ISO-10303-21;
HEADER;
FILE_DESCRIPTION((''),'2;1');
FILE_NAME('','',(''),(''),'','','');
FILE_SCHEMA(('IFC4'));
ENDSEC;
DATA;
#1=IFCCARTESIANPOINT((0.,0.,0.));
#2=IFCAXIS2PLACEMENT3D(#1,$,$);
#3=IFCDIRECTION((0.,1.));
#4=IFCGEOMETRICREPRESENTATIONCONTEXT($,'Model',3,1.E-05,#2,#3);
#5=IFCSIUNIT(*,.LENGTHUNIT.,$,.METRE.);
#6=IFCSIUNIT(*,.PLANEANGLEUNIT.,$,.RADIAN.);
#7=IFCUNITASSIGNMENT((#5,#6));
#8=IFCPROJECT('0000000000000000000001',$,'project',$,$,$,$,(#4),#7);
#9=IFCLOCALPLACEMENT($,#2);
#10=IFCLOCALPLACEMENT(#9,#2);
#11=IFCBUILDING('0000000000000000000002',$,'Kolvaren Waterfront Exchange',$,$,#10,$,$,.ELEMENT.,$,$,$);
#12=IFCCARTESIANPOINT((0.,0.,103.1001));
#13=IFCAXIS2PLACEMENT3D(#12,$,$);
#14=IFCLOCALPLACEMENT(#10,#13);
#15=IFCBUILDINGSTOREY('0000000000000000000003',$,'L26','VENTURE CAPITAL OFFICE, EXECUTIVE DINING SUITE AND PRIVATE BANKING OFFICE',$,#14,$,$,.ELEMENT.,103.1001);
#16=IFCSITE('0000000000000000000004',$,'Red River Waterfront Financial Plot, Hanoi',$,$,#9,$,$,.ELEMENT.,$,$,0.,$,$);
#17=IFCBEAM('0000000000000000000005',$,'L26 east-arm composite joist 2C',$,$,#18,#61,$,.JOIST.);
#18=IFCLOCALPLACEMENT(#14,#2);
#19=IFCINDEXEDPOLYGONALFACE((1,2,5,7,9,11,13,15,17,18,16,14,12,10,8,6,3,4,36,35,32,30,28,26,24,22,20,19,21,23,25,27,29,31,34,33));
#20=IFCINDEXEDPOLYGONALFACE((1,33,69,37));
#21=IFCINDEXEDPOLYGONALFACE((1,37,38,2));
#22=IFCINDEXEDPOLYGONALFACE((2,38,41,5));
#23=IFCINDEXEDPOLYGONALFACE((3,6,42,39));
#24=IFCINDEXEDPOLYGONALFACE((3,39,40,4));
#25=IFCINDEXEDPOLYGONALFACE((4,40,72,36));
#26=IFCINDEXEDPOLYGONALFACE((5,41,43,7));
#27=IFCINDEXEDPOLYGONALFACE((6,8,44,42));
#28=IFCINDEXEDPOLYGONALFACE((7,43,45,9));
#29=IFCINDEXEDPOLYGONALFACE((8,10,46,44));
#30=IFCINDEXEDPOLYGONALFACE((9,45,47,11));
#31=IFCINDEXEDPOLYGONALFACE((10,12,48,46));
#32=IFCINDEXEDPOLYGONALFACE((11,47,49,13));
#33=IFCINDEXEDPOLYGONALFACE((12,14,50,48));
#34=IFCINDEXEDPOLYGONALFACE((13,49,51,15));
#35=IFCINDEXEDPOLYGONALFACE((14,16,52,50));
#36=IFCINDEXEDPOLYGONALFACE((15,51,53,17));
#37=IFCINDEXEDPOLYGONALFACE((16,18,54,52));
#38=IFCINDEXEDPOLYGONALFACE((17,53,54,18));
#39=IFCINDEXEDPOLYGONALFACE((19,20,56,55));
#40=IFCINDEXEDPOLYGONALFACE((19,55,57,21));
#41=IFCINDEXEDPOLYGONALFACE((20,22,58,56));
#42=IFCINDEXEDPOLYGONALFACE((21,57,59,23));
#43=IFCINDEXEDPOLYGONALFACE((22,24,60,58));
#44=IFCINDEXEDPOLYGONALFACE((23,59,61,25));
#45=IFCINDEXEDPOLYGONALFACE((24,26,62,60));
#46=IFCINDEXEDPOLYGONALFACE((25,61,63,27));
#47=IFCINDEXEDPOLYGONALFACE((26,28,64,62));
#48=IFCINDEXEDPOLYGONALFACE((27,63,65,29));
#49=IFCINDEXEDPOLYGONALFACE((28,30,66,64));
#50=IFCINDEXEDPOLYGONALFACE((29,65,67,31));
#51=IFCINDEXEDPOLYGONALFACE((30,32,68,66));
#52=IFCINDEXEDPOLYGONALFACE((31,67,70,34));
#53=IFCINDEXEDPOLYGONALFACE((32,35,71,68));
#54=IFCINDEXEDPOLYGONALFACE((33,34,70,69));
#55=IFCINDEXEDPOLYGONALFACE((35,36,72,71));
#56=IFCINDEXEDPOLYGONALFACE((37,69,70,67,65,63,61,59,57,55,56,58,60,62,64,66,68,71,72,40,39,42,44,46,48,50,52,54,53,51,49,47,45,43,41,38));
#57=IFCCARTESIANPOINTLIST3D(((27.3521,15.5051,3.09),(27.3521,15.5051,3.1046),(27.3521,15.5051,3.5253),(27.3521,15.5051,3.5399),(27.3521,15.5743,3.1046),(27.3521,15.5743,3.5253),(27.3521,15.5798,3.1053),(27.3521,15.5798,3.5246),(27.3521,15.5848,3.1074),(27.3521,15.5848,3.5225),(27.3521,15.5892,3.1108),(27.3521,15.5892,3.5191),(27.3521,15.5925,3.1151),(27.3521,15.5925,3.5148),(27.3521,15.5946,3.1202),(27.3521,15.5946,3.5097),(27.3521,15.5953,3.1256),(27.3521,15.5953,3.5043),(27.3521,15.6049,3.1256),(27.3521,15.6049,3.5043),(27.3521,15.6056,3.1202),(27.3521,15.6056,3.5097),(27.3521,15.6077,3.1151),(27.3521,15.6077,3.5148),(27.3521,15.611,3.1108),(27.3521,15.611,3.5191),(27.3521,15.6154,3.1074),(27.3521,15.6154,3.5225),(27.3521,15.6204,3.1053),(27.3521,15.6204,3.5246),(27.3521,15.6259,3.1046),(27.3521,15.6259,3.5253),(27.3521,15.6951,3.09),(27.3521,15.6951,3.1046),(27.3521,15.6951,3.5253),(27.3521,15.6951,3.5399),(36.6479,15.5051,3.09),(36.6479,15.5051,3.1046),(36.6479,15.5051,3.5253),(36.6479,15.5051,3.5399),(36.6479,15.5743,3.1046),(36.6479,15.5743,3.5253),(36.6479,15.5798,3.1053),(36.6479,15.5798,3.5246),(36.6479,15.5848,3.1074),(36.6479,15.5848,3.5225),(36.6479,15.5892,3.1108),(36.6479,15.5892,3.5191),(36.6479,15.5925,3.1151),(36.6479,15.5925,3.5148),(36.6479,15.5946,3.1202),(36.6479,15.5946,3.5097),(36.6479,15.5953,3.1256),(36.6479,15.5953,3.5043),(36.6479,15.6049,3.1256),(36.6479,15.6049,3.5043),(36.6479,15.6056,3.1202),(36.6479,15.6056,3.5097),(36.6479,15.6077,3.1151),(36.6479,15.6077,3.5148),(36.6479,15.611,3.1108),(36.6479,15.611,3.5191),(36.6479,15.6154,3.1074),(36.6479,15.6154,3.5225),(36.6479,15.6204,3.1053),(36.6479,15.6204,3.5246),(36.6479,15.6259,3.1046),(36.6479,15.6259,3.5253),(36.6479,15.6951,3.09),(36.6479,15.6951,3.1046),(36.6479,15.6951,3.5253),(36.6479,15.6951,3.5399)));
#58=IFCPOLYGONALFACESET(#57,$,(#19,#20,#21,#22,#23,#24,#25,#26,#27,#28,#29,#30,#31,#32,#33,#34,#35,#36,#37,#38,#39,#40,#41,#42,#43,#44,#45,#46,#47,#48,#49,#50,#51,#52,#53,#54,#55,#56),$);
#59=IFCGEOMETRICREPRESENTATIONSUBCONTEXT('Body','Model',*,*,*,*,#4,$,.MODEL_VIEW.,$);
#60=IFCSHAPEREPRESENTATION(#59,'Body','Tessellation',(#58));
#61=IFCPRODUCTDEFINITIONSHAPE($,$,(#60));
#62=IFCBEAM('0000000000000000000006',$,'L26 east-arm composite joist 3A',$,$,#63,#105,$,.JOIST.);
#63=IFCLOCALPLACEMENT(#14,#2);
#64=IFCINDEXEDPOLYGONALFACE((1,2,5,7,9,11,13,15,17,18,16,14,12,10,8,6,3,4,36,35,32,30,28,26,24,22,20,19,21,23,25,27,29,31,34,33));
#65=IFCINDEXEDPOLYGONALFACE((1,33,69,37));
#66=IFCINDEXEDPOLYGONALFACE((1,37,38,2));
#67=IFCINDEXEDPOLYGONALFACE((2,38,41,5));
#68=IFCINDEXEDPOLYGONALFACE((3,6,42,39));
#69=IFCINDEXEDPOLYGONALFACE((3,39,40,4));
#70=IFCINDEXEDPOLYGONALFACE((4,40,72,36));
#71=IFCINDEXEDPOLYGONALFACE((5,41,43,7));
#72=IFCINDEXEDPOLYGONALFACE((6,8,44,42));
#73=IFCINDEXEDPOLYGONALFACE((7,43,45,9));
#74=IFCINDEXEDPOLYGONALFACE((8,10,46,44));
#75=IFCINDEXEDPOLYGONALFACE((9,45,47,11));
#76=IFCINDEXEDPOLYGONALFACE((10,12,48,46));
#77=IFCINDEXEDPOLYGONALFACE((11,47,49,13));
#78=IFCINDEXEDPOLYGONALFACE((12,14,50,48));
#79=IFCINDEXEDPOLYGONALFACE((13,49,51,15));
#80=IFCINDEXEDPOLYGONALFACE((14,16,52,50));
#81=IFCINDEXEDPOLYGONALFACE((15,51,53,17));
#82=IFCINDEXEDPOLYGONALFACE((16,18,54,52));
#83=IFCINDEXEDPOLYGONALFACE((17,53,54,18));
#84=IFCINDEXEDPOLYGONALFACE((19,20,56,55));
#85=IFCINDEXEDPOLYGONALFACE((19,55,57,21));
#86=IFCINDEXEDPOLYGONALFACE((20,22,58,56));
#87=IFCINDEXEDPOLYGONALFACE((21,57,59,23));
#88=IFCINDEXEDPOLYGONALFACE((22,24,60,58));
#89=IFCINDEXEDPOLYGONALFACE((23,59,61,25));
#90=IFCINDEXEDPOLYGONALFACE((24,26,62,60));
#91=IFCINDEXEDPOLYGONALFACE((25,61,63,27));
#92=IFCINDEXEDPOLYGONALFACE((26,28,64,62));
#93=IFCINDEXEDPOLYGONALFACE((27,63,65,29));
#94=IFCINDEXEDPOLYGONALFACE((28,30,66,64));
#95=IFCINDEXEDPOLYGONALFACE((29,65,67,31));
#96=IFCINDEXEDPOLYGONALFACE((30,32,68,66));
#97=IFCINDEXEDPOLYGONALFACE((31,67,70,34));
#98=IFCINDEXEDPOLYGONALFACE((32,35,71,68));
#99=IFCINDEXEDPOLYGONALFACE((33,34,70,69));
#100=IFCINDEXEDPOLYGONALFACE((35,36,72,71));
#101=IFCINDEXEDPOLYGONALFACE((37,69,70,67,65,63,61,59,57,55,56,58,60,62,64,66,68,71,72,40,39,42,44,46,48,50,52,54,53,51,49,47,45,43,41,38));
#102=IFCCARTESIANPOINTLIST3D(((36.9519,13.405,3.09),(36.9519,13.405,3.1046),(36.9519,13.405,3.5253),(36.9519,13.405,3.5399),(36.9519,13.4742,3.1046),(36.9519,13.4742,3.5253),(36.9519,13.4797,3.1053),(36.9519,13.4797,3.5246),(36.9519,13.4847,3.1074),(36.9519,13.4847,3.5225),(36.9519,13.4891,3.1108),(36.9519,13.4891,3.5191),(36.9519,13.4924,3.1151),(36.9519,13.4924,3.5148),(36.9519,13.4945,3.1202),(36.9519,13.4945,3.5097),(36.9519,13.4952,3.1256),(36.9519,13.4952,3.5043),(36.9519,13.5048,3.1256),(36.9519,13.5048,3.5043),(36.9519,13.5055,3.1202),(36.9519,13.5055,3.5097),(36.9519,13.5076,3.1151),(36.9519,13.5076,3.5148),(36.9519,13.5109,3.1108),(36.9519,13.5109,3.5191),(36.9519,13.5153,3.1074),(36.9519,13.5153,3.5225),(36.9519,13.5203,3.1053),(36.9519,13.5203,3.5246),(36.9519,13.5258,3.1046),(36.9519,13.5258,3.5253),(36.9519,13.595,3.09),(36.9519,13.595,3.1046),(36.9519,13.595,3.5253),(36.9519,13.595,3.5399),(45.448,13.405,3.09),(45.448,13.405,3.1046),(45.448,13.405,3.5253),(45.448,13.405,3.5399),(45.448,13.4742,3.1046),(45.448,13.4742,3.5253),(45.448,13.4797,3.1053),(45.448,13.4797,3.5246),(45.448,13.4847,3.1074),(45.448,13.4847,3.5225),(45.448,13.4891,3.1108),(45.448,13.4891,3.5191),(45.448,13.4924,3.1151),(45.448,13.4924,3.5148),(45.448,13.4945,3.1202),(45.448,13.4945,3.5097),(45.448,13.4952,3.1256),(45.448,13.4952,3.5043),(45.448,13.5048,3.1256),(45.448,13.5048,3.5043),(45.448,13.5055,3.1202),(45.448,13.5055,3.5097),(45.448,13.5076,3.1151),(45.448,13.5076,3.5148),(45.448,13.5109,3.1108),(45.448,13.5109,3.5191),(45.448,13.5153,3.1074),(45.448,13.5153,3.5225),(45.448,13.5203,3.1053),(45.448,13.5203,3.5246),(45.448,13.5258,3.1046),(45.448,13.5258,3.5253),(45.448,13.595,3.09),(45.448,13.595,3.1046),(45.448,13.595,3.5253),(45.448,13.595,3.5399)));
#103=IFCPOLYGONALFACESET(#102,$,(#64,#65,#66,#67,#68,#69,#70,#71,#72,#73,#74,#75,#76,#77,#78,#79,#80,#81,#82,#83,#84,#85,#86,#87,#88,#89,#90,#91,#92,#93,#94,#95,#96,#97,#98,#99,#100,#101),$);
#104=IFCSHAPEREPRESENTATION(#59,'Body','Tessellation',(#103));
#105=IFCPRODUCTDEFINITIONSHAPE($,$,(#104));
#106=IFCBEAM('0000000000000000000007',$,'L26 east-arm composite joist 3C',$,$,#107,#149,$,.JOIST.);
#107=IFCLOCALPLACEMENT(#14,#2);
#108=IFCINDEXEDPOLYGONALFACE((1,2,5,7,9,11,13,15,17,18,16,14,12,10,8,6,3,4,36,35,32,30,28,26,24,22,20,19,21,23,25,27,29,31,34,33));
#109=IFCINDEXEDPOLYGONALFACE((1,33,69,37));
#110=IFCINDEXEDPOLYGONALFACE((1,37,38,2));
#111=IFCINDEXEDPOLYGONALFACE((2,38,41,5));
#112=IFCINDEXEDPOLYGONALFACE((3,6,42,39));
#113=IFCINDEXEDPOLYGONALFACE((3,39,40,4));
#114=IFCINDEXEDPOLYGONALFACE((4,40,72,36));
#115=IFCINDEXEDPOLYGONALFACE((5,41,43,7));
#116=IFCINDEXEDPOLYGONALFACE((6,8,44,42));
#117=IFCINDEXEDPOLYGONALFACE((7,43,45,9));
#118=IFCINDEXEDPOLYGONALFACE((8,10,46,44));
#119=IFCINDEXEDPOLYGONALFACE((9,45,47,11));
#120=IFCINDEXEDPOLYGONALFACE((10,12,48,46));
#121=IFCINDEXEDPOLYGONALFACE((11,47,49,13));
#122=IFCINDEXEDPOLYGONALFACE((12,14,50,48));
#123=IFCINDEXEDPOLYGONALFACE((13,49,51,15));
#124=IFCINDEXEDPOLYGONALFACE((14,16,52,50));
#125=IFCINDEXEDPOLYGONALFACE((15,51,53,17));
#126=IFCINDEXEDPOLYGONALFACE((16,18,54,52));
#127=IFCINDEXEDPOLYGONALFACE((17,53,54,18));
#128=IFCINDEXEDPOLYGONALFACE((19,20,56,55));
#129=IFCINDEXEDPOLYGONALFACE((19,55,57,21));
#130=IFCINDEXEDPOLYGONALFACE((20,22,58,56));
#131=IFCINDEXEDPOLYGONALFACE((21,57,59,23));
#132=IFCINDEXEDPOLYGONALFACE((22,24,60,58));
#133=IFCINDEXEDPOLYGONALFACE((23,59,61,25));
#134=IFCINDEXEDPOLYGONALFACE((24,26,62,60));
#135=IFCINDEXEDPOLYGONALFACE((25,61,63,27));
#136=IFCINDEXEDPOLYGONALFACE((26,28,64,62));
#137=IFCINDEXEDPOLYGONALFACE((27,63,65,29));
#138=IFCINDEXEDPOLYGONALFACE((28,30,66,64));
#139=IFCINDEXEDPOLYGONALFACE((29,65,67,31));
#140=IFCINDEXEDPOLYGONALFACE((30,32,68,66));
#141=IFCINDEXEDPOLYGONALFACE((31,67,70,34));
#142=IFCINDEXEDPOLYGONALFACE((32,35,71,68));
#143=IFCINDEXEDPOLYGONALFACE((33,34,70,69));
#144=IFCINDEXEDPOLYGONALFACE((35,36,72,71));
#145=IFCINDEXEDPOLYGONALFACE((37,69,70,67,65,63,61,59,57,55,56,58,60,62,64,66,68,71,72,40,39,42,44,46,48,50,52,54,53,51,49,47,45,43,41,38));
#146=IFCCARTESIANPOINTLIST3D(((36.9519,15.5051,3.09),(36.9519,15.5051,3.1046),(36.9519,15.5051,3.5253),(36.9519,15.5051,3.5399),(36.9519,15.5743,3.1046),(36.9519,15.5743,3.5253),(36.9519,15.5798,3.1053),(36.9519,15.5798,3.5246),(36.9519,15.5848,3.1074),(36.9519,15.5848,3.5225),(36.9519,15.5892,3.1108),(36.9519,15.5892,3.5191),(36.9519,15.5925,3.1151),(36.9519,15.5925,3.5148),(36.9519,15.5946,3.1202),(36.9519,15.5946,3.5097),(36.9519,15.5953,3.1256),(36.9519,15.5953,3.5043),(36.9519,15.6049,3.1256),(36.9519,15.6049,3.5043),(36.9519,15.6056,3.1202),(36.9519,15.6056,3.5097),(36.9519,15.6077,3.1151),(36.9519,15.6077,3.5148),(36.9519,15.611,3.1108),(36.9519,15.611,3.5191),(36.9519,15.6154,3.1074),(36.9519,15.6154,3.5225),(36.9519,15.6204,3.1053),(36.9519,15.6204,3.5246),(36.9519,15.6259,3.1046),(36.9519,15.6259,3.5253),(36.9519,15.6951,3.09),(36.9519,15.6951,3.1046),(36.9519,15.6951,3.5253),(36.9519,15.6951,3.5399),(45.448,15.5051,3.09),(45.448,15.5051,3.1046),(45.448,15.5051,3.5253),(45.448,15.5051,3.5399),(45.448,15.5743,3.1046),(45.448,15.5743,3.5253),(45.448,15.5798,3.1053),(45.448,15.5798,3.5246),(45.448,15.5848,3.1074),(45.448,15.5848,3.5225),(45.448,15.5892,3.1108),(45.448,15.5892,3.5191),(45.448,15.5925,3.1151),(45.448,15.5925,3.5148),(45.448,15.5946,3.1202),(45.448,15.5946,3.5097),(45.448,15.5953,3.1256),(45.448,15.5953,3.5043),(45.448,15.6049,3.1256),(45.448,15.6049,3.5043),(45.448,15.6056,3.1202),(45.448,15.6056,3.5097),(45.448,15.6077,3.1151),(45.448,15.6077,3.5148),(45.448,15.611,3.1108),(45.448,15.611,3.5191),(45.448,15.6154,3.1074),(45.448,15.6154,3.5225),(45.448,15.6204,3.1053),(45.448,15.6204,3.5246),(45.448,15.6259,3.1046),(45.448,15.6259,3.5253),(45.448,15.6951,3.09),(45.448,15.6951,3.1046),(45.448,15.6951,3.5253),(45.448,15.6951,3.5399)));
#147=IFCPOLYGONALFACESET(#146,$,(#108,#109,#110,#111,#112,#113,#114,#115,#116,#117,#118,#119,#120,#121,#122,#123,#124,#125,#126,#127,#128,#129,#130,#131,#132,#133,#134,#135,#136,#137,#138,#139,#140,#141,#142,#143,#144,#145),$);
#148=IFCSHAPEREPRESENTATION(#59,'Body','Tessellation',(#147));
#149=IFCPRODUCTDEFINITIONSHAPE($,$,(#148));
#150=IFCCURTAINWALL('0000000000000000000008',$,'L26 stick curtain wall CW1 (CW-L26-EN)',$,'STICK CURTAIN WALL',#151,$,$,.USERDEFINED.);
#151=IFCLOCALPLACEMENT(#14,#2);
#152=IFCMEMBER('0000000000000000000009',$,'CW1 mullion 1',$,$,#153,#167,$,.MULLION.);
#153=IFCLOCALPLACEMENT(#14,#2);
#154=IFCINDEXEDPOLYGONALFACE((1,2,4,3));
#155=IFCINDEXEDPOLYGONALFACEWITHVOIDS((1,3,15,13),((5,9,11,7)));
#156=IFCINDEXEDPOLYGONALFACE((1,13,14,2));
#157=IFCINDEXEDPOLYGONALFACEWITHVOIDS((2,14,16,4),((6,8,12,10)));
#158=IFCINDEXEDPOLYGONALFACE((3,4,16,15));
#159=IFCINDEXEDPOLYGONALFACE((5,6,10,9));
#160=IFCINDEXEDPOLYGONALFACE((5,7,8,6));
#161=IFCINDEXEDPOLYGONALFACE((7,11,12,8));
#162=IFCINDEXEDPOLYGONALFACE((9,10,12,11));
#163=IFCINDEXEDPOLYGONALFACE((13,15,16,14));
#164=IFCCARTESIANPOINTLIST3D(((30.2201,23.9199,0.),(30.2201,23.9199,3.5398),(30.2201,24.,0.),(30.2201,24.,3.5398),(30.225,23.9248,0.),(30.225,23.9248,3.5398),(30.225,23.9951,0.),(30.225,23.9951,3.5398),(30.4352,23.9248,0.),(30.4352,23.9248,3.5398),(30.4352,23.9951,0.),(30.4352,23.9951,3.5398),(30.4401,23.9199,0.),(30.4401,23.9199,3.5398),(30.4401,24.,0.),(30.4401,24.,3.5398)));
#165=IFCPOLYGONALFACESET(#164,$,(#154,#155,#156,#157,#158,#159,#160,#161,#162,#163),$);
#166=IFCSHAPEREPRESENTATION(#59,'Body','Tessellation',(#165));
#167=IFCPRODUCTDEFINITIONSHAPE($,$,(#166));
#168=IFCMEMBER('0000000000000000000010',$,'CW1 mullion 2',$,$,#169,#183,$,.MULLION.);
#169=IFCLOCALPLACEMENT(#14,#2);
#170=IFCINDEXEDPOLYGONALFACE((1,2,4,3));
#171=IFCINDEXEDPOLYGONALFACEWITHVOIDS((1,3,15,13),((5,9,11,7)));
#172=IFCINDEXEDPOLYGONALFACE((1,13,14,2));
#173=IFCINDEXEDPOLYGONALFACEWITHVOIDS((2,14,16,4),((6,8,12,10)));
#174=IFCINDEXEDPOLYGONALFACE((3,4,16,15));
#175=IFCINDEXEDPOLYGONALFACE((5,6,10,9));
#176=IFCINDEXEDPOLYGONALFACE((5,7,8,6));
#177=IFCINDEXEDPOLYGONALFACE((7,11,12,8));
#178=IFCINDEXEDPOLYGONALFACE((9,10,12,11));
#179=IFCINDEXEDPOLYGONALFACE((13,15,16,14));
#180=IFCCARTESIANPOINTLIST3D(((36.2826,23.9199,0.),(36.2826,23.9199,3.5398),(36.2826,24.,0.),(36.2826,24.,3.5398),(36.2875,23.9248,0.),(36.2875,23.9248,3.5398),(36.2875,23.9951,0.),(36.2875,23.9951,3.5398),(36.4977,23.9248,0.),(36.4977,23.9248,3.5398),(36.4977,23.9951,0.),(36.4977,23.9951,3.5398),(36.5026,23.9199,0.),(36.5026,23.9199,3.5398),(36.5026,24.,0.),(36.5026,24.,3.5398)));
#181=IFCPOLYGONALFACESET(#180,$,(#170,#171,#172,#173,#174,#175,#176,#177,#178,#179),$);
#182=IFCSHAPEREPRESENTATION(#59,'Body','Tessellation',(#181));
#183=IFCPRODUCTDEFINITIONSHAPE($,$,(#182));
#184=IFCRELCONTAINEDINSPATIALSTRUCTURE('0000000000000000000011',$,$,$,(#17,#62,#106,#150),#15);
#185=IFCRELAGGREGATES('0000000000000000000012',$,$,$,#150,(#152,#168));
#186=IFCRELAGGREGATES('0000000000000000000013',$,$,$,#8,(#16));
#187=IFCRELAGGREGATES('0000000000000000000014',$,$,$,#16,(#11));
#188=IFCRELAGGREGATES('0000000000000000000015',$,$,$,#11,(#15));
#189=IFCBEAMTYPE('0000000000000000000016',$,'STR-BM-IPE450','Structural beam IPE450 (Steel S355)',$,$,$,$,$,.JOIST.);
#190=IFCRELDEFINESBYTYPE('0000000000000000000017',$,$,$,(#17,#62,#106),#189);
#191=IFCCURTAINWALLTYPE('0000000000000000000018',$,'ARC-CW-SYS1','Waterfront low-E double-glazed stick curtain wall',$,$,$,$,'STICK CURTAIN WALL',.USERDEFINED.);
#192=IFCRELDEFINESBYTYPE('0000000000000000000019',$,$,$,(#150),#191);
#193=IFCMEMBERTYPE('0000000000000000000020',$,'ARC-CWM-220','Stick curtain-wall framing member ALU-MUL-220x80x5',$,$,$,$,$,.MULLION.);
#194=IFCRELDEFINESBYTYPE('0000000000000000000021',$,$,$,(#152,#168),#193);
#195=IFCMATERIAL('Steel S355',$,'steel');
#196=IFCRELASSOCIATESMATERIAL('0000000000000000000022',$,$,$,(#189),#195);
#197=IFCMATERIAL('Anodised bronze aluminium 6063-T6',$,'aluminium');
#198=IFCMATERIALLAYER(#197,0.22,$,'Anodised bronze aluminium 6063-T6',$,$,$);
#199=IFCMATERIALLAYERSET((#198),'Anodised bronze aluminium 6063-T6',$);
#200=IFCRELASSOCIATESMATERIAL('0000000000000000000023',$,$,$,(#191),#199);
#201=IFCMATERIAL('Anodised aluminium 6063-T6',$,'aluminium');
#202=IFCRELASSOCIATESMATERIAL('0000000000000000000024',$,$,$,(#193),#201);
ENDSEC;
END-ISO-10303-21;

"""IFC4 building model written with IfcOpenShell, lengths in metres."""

from ifc_helpers import new_model, si_unit, direction, frame, origin, origin_with_axes, origin_2d, place, context, subcontext, project, spatial, hollow_rectangle, i_section, extrude, source, transform, mapped, material, layer, layer_set, material_profile, profile_set, type_object, element, aggregate, save


model = new_model("IFC4")

# Units and contexts
model_context = context("Model", 3, precision=1e-05, world=origin(), true_north=direction((0.0, 1.0)))
body_context = subcontext(model_context, "Body", "Model", "MODEL_VIEW")
ifc_project = project(units=[si_unit("LENGTHUNIT", "METRE"), si_unit("PLANEANGLEUNIT", "RADIAN")], contexts=[model_context])

# Site, building, storey
site_placement = place(None, origin())
site = spatial("IfcSite", under=ifc_project, at=site_placement, Name="Red River Waterfront Financial Plot, Hanoi", CompositionType="ELEMENT", RefElevation=0.0)
building_placement = place(site_placement, origin())
building = spatial("IfcBuilding", under=site, at=building_placement, Name="Kolvaren Waterfront Exchange", CompositionType="ELEMENT")
storey_placement = place(building_placement, frame((0.0, 0.0, 103.1001)))
storey = spatial("IfcBuildingStorey", under=building, at=storey_placement, Name="L26", Description="VENTURE CAPITAL OFFICE, EXECUTIVE DINING SUITE AND PRIVATE BANKING OFFICE", CompositionType="ELEMENT", Elevation=103.1001)

# Beams
ifc_material_1 = material(Name="Steel S355", Category="steel")
ifc_material_profile_1 = material_profile(ifc_material_1, i_section(OverallWidth=0.1899, OverallDepth=0.45, WebThickness=0.0095, FlangeThickness=0.0146, FilletRadius=0.021, at=origin_2d()), Name="IPE450")
ifc_profile_set_1 = profile_set([ifc_material_profile_1], Name="Steel S355")
beam_type_1 = type_object("IfcBeamType", Name="STR-BM-IPE450", Description="Structural beam IPE450 (Steel S355)", PredefinedType="JOIST", material=ifc_profile_set_1)
for number, where, z_axis, x_axis, name in (
    (1, (27.3521, 15.6001, 3.3149), (1.0, 0.0, 0.0), (0.0, 1.0, 0.0), "L26 east-arm composite joist 2C"),
):
    element("IfcBeam", number, at=place(storey_placement, frame(where, z_axis=z_axis, x_axis=x_axis)), inside=storey, type_object=beam_type_1, Name=name, PredefinedType="JOIST", context=body_context, shape_type="SweptSolid", body=[
        extrude(i_section(OverallWidth=0.1899, OverallDepth=0.45, WebThickness=0.0095, FlangeThickness=0.0146, FilletRadius=0.021, at=origin_2d()), origin(), (0.0, 0.0, 1.0), 9.2959),
    ])
for number, where, z_axis, x_axis, name in (
    (2, (36.9519, 13.5, 3.3149), (1.0, 0.0, 0.0), (0.0, 1.0, 0.0), "L26 east-arm composite joist 3A"),
    (3, (36.9519, 15.6001, 3.3149), (1.0, 0.0, 0.0), (0.0, 1.0, 0.0), "L26 east-arm composite joist 3C"),
):
    element("IfcBeam", number, at=place(storey_placement, frame(where, z_axis=z_axis, x_axis=x_axis)), inside=storey, type_object=beam_type_1, Name=name, PredefinedType="JOIST", context=body_context, shape_type="SweptSolid", body=[
        extrude(i_section(OverallWidth=0.1899, OverallDepth=0.45, WebThickness=0.0095, FlangeThickness=0.0146, FilletRadius=0.021, at=origin_2d()), origin(), (0.0, 0.0, 1.0), 8.4961),
    ])

# Curtain wall, members
ifc_material_2 = material(Name="Anodised bronze aluminium 6063-T6", Category="aluminium")
ifc_layer_1 = layer(ifc_material_2, 0.22, Name="Anodised bronze aluminium 6063-T6")
ifc_layer_set_1 = layer_set([ifc_layer_1], Name="Anodised bronze aluminium 6063-T6")
curtain_wall_type = type_object("IfcCurtainWallType", Name="ARC-CW-SYS1", Description="Waterfront low-E double-glazed stick curtain wall", ElementType="STICK CURTAIN WALL", PredefinedType="USERDEFINED", material=ifc_layer_set_1)
curtain_wall_placement = place(storey_placement, origin())
curtain_wall = element("IfcCurtainWall", 4, at=curtain_wall_placement, inside=storey, type_object=curtain_wall_type, Name="L26 stick curtain wall CW1 (CW-L26-EN)", ObjectType="STICK CURTAIN WALL", PredefinedType="USERDEFINED")
ifc_material_3 = material(Name="Anodised aluminium 6063-T6", Category="aluminium")
ifc_material_profile_2 = material_profile(ifc_material_3, hollow_rectangle(XDim=0.0801, YDim=0.22, WallThickness=0.0049, at=origin_2d()), Name="ALU-MUL-220x80x5")
ifc_profile_set_2 = profile_set([ifc_material_profile_2], Name="Anodised aluminium 6063-T6")
member_type_1 = type_object("IfcMemberType", Name="ARC-CWM-220", Description="Stick curtain-wall framing member ALU-MUL-220x80x5", PredefinedType="MULLION", material=ifc_profile_set_2)
shared_shape_1 = source(origin_with_axes(), body_context, "Body", "SweptSolid", [
    extrude(hollow_rectangle(XDim=0.0801, YDim=0.22, WallThickness=0.0049, at=origin_2d()), origin(), (0.0, 0.0, 1.0), 3.5398),
])
member_1_placement = place(storey_placement, frame((30.3301, 23.96, 0.0), z_axis=(0.0, 0.0, 1.0), x_axis=(0.0, 1.0, 0.0)))
member_1 = element("IfcMember", 5, at=member_1_placement, type_object=member_type_1, Name="CW1 mullion 1", PredefinedType="MULLION", context=body_context, shape_type="MappedRepresentation", body=[
    mapped(shared_shape_1, transform((0.0, 0.0, 0.0), x_axis=(1.0, 0.0, 0.0), y_axis=(0.0, 1.0, 0.0), z_axis=(0.0, 0.0, 1.0), scale=1.0)),
])
member_2_placement = place(storey_placement, frame((36.3926, 23.96, 0.0), z_axis=(0.0, 0.0, 1.0), x_axis=(0.0, 1.0, 0.0)))
member_2 = element("IfcMember", 6, at=member_2_placement, type_object=member_type_1, Name="CW1 mullion 2", PredefinedType="MULLION", context=body_context, shape_type="MappedRepresentation", body=[
    mapped(shared_shape_1, transform((0.0, 0.0, 0.0), x_axis=(1.0, 0.0, 0.0), y_axis=(0.0, 1.0, 0.0), z_axis=(0.0, 0.0, 1.0), scale=1.0)),
])
aggregate(curtain_wall, [member_1, member_2])

save(model, "model.ifc")
